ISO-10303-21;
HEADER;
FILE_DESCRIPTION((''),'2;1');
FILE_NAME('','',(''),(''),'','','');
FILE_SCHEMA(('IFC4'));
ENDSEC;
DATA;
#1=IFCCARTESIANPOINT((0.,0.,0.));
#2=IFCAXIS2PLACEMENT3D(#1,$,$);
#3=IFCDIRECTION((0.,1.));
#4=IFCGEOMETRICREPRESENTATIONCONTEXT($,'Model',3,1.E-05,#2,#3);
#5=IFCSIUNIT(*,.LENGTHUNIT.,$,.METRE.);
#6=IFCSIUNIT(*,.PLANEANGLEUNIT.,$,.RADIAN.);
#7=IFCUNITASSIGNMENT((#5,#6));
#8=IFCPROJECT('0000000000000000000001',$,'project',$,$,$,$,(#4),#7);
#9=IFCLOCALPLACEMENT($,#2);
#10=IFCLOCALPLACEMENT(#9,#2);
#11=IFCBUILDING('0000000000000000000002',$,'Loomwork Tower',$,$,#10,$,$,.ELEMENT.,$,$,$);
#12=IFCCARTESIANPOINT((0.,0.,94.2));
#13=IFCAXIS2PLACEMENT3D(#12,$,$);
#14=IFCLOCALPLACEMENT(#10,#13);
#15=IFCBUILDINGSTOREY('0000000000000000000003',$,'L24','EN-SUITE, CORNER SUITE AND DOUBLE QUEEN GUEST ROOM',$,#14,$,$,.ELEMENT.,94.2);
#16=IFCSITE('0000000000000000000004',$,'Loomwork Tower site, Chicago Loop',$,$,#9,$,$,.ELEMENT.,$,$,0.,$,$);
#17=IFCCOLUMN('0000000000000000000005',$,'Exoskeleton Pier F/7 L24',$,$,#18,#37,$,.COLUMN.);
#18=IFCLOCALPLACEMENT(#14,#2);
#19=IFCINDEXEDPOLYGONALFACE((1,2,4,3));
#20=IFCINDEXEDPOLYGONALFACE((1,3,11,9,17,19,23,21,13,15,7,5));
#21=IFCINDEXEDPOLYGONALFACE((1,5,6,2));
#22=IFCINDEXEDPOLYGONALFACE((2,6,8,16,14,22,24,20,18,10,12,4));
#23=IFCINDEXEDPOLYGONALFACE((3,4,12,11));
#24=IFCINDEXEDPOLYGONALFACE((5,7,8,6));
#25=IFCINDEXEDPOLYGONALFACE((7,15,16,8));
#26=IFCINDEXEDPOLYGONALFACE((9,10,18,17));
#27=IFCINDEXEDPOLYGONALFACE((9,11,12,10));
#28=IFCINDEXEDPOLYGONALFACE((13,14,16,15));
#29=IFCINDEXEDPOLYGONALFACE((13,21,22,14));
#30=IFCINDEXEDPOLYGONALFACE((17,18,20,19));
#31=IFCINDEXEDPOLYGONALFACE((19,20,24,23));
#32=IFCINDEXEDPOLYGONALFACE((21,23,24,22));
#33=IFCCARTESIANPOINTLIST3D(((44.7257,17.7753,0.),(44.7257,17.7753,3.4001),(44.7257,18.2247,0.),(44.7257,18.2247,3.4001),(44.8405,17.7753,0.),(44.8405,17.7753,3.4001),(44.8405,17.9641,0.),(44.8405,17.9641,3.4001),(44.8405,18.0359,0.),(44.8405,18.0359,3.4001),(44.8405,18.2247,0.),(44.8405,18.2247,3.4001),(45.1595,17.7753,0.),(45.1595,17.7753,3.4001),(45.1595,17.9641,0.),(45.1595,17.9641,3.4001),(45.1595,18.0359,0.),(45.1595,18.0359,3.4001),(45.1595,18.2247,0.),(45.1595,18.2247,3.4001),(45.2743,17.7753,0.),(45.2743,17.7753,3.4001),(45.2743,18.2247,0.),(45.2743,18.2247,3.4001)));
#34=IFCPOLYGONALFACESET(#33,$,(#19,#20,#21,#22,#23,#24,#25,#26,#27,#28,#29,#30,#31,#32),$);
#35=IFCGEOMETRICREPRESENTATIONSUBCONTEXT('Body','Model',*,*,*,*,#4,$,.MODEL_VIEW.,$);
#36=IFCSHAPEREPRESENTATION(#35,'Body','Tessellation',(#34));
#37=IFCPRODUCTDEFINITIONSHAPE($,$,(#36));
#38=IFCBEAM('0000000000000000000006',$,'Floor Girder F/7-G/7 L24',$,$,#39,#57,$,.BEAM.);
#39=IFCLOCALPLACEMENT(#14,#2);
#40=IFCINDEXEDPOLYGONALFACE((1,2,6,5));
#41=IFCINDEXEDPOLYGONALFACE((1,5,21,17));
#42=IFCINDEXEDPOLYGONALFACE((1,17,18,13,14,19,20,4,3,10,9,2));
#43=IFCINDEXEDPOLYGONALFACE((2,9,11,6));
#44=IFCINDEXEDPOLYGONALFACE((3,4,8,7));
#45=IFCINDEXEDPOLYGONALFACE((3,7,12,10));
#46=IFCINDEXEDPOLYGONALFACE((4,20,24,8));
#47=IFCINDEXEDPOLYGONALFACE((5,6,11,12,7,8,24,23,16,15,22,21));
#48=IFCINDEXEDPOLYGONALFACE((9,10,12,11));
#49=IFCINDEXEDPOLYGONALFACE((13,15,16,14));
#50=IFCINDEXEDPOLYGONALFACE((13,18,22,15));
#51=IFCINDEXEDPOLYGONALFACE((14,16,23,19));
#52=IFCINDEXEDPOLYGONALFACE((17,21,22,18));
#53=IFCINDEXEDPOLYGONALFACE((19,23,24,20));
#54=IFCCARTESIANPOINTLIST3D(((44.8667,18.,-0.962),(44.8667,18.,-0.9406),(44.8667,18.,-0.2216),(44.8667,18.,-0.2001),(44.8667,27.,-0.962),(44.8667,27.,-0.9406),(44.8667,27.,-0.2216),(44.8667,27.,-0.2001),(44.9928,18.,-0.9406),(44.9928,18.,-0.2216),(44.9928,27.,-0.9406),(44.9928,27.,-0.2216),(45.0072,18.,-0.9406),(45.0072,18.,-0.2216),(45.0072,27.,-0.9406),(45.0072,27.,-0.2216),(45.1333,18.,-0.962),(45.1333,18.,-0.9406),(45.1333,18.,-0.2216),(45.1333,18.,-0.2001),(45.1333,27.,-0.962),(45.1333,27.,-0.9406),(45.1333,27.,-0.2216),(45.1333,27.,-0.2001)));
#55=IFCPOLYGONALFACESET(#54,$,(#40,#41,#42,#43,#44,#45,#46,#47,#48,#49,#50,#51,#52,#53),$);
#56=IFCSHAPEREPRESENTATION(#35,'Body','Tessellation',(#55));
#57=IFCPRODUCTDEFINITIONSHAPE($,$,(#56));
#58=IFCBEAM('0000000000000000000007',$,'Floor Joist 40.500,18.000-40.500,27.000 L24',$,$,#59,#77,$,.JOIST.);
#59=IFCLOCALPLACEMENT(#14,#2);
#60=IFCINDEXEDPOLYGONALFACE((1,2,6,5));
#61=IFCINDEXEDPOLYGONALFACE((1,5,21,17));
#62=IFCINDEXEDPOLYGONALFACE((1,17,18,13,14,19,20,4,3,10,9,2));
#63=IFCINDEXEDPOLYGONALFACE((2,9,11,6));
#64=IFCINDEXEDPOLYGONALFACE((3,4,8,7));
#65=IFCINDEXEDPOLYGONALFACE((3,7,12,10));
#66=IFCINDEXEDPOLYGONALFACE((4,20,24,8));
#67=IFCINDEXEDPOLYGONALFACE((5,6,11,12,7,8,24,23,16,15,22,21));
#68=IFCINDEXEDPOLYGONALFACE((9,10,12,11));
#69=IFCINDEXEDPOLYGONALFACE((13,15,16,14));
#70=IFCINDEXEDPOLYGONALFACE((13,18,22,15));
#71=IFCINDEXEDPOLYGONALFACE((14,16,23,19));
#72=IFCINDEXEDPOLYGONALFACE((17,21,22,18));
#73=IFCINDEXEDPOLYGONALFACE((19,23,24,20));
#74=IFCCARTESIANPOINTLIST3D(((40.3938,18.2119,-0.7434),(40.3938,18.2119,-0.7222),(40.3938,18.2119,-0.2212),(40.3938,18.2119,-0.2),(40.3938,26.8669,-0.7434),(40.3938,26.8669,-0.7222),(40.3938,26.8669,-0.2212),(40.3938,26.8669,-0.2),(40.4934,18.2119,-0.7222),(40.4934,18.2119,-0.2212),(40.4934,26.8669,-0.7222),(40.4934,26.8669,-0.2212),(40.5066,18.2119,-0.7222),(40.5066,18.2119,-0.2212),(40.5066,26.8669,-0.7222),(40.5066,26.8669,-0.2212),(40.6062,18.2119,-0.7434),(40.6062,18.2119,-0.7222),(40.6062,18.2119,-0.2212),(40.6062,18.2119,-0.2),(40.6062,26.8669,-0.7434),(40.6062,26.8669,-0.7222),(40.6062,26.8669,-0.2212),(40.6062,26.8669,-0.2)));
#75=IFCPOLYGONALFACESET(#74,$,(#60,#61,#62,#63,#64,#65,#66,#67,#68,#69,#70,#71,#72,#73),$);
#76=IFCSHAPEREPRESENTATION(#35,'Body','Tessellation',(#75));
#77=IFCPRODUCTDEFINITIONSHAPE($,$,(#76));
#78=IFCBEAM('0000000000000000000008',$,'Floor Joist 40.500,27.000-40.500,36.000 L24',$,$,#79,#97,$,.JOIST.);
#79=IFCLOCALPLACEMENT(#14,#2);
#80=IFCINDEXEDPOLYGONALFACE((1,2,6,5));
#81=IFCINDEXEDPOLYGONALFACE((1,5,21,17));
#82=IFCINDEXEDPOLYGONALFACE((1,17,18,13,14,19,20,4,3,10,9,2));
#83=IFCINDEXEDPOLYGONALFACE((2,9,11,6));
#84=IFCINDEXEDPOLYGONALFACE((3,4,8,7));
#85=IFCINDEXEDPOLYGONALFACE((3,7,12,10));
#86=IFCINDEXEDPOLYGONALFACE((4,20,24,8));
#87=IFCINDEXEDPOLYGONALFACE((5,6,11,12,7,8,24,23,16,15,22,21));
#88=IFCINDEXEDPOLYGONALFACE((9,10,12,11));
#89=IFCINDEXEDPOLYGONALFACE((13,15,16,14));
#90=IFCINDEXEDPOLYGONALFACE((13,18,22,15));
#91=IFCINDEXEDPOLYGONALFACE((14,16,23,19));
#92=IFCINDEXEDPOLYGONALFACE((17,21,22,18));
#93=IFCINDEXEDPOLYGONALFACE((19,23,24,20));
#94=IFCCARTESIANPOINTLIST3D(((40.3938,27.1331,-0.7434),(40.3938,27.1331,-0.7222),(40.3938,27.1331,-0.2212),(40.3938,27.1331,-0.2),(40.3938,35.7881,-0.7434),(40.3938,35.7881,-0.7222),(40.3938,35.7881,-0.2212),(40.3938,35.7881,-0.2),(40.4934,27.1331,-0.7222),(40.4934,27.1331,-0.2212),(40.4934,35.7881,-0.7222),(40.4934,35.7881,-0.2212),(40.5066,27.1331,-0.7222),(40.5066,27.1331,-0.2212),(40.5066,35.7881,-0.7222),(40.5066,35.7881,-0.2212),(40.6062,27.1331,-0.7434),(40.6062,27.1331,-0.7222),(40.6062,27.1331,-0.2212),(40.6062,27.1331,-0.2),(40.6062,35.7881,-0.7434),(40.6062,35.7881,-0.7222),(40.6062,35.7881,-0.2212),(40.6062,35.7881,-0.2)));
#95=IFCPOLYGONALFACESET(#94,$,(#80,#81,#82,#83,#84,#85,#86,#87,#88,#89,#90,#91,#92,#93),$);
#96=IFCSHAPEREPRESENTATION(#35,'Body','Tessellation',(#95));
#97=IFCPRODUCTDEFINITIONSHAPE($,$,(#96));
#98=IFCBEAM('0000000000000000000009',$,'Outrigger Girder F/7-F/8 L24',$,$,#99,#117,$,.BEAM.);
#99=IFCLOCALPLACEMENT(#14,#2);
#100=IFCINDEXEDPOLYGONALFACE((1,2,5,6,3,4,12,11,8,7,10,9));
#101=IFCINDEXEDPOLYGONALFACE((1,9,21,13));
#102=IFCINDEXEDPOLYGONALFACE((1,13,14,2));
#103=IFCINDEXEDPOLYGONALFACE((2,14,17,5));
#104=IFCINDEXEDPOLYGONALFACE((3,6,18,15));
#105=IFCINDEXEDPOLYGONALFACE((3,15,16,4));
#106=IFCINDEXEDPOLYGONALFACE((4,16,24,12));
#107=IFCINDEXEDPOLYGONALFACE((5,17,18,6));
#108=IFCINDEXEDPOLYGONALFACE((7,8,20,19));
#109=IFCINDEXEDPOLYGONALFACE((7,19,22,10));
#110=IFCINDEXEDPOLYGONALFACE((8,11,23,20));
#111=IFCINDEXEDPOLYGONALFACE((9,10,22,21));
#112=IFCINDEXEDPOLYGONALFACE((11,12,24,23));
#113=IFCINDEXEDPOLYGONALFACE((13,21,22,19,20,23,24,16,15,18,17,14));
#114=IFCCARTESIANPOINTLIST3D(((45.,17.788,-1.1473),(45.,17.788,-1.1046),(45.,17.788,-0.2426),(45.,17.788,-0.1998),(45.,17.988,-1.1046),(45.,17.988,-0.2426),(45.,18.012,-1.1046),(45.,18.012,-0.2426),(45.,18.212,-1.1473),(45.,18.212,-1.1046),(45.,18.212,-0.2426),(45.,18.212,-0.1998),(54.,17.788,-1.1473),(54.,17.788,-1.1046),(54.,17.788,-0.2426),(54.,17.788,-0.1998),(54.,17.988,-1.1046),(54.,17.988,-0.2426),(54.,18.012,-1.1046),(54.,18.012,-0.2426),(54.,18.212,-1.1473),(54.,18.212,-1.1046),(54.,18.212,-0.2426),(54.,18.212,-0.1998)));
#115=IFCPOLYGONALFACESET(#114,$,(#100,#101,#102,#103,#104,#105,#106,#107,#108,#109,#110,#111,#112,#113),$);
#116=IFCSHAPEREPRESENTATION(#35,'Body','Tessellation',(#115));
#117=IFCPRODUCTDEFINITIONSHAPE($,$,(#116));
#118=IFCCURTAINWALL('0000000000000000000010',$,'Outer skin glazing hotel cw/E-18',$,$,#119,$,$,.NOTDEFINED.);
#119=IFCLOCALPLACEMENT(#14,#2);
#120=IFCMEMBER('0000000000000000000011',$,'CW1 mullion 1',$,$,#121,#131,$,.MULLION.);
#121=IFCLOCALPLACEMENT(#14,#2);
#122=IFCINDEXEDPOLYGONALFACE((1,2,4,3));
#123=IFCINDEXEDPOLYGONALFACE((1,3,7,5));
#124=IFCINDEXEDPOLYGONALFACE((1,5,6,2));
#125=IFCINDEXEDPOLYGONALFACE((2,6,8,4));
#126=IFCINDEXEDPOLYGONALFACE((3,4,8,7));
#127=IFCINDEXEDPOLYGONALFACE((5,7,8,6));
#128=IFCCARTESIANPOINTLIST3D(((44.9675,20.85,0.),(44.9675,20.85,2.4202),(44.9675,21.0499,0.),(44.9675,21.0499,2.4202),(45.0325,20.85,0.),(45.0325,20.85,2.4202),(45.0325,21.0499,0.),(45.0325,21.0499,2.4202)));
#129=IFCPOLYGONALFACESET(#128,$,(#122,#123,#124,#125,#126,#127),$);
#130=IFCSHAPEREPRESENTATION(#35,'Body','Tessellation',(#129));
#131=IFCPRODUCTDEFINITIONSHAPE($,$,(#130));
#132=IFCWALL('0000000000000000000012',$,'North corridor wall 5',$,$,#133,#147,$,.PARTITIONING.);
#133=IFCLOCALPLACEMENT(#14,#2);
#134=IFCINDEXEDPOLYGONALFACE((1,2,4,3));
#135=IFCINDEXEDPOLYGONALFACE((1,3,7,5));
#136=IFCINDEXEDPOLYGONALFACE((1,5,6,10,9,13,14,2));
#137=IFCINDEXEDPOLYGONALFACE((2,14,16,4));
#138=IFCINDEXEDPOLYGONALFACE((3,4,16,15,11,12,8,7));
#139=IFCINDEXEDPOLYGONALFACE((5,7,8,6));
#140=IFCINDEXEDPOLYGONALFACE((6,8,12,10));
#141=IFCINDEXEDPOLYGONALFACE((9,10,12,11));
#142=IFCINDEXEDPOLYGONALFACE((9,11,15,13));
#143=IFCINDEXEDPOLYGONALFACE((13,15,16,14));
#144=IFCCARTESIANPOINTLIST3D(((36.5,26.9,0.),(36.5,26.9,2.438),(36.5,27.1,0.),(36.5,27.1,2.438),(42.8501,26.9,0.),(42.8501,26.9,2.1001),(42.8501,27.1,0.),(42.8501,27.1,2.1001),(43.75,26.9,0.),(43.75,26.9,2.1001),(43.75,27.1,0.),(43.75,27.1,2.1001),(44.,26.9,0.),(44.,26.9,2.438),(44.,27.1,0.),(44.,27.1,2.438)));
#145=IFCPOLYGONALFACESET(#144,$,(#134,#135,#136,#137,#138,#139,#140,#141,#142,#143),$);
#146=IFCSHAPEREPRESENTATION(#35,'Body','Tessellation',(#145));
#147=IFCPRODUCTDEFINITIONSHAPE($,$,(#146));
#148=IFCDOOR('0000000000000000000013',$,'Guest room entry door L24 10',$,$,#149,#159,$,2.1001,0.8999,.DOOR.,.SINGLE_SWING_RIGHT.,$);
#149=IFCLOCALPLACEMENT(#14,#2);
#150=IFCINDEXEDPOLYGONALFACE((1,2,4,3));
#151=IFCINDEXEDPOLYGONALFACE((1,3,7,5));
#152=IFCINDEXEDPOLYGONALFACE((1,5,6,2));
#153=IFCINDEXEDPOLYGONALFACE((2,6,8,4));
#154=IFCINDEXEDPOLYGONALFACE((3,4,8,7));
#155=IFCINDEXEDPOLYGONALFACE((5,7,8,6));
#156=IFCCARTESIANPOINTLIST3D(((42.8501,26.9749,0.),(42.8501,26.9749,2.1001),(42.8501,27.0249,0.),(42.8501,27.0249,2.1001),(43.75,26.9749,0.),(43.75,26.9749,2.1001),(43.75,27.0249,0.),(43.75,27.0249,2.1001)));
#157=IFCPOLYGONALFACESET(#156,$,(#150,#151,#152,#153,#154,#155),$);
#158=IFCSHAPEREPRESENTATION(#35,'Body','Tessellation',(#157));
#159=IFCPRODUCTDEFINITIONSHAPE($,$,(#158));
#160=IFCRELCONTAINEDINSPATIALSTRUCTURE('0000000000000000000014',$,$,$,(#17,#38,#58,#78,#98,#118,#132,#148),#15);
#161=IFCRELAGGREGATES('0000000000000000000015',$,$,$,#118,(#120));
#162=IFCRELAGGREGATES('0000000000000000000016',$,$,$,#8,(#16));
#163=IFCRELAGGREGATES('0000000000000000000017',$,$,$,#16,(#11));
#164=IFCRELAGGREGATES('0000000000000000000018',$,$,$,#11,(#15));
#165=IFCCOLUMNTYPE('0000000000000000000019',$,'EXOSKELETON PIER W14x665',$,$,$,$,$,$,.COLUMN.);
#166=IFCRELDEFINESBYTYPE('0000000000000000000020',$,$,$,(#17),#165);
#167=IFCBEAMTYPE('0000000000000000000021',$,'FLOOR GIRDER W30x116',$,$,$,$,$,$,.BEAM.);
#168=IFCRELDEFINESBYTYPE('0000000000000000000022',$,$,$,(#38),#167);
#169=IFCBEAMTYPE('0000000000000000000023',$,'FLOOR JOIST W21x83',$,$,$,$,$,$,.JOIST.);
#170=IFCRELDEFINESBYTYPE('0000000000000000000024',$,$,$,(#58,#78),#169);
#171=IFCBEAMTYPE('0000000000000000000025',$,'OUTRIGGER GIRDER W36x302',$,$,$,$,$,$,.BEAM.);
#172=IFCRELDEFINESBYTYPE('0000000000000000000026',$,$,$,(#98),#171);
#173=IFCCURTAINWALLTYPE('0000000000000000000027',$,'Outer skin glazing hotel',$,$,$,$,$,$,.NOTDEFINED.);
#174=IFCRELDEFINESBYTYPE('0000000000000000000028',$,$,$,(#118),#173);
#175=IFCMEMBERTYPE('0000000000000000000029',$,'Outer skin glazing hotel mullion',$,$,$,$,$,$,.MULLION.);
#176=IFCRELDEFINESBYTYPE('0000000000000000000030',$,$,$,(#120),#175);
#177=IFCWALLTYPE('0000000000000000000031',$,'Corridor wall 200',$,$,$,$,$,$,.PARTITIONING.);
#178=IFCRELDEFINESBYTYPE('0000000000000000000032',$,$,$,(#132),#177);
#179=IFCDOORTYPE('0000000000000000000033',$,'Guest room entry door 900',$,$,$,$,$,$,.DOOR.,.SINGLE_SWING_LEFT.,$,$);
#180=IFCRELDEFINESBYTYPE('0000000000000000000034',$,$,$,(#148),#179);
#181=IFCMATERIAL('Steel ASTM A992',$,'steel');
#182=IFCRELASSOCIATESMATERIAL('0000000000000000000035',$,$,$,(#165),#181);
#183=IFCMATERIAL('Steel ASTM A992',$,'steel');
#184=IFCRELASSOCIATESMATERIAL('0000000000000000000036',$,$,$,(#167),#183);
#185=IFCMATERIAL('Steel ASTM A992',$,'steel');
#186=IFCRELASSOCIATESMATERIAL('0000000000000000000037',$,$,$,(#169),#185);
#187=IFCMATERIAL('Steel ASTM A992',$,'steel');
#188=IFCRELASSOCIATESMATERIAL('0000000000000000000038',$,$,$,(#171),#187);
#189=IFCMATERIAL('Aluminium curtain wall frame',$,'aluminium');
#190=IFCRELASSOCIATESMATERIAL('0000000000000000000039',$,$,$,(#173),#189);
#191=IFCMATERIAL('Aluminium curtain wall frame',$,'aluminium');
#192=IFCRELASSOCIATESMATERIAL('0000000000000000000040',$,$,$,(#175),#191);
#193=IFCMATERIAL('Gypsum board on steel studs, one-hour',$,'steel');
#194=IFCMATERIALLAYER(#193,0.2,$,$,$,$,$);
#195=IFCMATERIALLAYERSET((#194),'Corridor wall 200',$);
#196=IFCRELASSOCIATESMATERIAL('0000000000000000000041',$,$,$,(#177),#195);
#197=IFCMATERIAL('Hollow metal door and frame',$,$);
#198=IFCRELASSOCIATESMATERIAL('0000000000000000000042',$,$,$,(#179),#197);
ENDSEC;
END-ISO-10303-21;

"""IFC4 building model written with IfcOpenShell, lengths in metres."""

from ifc_helpers import new_model, si_unit, direction, frame, frame_2d, origin, origin_2d, place, context, subcontext, project, spatial, rectangle, i_section, extrude, material, layer, layer_set, material_profile, profile_set, type_object, element, fill, aggregate, save


model = new_model("IFC4")

# Units and contexts
model_context = context("Model", 3, precision=1e-05, world=origin(), true_north=direction((0.0, 1.0)))
body_context = subcontext(model_context, "Body", "Model", "MODEL_VIEW")
ifc_project = project(units=[si_unit("LENGTHUNIT", "METRE"), si_unit("PLANEANGLEUNIT", "RADIAN")], contexts=[model_context])

# Site, building, storey
site_placement = place(None, origin())
site = spatial("IfcSite", under=ifc_project, at=site_placement, Name="Loomwork Tower site, Chicago Loop", CompositionType="ELEMENT", RefElevation=0.0)
building_placement = place(site_placement, origin())
building = spatial("IfcBuilding", under=site, at=building_placement, Name="Loomwork Tower", CompositionType="ELEMENT")
storey_placement = place(building_placement, frame((0.0, 0.0, 94.2)))
storey = spatial("IfcBuildingStorey", under=building, at=storey_placement, Name="L24", Description="EN-SUITE, CORNER SUITE AND DOUBLE QUEEN GUEST ROOM", CompositionType="ELEMENT", Elevation=94.2)

# Column
ifc_material_1 = material(Name="Steel ASTM A992", Category="steel")
ifc_material_profile_1 = material_profile(ifc_material_1, i_section(OverallWidth=0.4495, OverallDepth=0.5486, WebThickness=0.0718, FlangeThickness=0.1147, at=origin_2d()), Name="W14x665")
ifc_profile_set_1 = profile_set([ifc_material_profile_1], Name="Steel ASTM A992")
column_type = type_object("IfcColumnType", Name="EXOSKELETON PIER W14x665", PredefinedType="COLUMN", material=ifc_profile_set_1)
column_placement = place(storey_placement, frame((45.0, 18.0, 0.0), z_axis=(0.0, 0.0, 1.0), x_axis=(0.0, 1.0, 0.0)))
element("IfcColumn", 1, at=column_placement, inside=storey, type_object=column_type, Name="Exoskeleton Pier F/7 L24", PredefinedType="COLUMN", context=body_context, shape_type="SweptSolid", body=[
    extrude(i_section(OverallWidth=0.4495, OverallDepth=0.5486, WebThickness=0.0718, FlangeThickness=0.1147, at=origin_2d()), origin(), (0.0, 0.0, 1.0), 3.4001),
])

# Beams
ifc_material_2 = material(Name="Steel ASTM A992", Category="steel")
ifc_material_profile_2 = material_profile(ifc_material_2, i_section(OverallWidth=0.2666, OverallDepth=0.762, WebThickness=0.0144, FlangeThickness=0.0215, at=origin_2d()), Name="W30x116")
ifc_profile_set_2 = profile_set([ifc_material_profile_2], Name="Steel ASTM A992")
beam_type_1 = type_object("IfcBeamType", Name="FLOOR GIRDER W30x116", PredefinedType="BEAM", material=ifc_profile_set_2)
beam_1_placement = place(storey_placement, frame((45.0, 18.0, -0.5811), z_axis=(0.0, 1.0, 0.0), x_axis=(-1.0, 0.0, 0.0)))
element("IfcBeam", 2, at=beam_1_placement, inside=storey, type_object=beam_type_1, Name="Floor Girder F/7-G/7 L24", PredefinedType="BEAM", context=body_context, shape_type="SweptSolid", body=[
    extrude(i_section(OverallWidth=0.2666, OverallDepth=0.762, WebThickness=0.0144, FlangeThickness=0.0215, at=origin_2d()), origin(), (0.0, 0.0, 1.0), 9.0),
])
ifc_material_3 = material(Name="Steel ASTM A992", Category="steel")
ifc_material_profile_3 = material_profile(ifc_material_3, i_section(OverallWidth=0.2124, OverallDepth=0.5435, WebThickness=0.0132, FlangeThickness=0.0212, at=origin_2d()), Name="W21x83")
ifc_profile_set_3 = profile_set([ifc_material_profile_3], Name="Steel ASTM A992")
beam_type_2 = type_object("IfcBeamType", Name="FLOOR JOIST W21x83", PredefinedType="JOIST", material=ifc_profile_set_3)
for number, where, z_axis, x_axis, name in (
    (3, (40.5, 18.2119, -0.4717), (0.0, 1.0, 0.0), (-1.0, 0.0, 0.0), "Floor Joist 40.500,18.000-40.500,27.000 L24"),
    (4, (40.5, 27.1331, -0.4717), (0.0, 1.0, 0.0), (-1.0, 0.0, 0.0), "Floor Joist 40.500,27.000-40.500,36.000 L24"),
):
    element("IfcBeam", number, at=place(storey_placement, frame(where, z_axis=z_axis, x_axis=x_axis)), inside=storey, type_object=beam_type_2, Name=name, PredefinedType="JOIST", context=body_context, shape_type="SweptSolid", body=[
        extrude(i_section(OverallWidth=0.2124, OverallDepth=0.5435, WebThickness=0.0132, FlangeThickness=0.0212, at=origin_2d()), origin(), (0.0, 0.0, 1.0), 8.655),
    ])
ifc_material_4 = material(Name="Steel ASTM A992", Category="steel")
ifc_material_profile_4 = material_profile(ifc_material_4, i_section(OverallWidth=0.4241, OverallDepth=0.9475, WebThickness=0.0239, FlangeThickness=0.0427, at=origin_2d()), Name="W36x302")
ifc_profile_set_4 = profile_set([ifc_material_profile_4], Name="Steel ASTM A992")
beam_type_3 = type_object("IfcBeamType", Name="OUTRIGGER GIRDER W36x302", PredefinedType="BEAM", material=ifc_profile_set_4)
beam_2_placement = place(storey_placement, frame((45.0, 18.0, -0.6736), z_axis=(1.0, 0.0, 0.0), x_axis=(0.0, 1.0, 0.0)))
element("IfcBeam", 5, at=beam_2_placement, inside=storey, type_object=beam_type_3, Name="Outrigger Girder F/7-F/8 L24", PredefinedType="BEAM", context=body_context, shape_type="SweptSolid", body=[
    extrude(i_section(OverallWidth=0.4241, OverallDepth=0.9475, WebThickness=0.0239, FlangeThickness=0.0427, at=origin_2d()), origin(), (0.0, 0.0, 1.0), 9.0),
])

# Curtain wall, member
ifc_material_5 = material(Name="Aluminium curtain wall frame", Category="aluminium")
curtain_wall_type = type_object("IfcCurtainWallType", Name="Outer skin glazing hotel", PredefinedType="NOTDEFINED", material=ifc_material_5)
curtain_wall_placement = place(storey_placement, origin())
curtain_wall = element("IfcCurtainWall", 6, at=curtain_wall_placement, inside=storey, type_object=curtain_wall_type, Name="Outer skin glazing hotel cw/E-18", PredefinedType="NOTDEFINED")
ifc_material_6 = material(Name="Aluminium curtain wall frame", Category="aluminium")
ifc_material_profile_5 = material_profile(ifc_material_6, rectangle(XDim=0.0649, YDim=0.2, at=origin_2d()), Name="AL 65x200")
ifc_profile_set_5 = profile_set([ifc_material_profile_5], Name="Aluminium curtain wall frame")
member_type = type_object("IfcMemberType", Name="Outer skin glazing hotel mullion", PredefinedType="MULLION", material=ifc_profile_set_5)
member_placement = place(storey_placement, frame((45.0, 20.95, 0.0), z_axis=(0.0, 0.0, 1.0), x_axis=(-1.0, 0.0, 0.0)))
member = element("IfcMember", 7, at=member_placement, type_object=member_type, Name="CW1 mullion 1", PredefinedType="MULLION", context=body_context, shape_type="SweptSolid", body=[
    extrude(rectangle(XDim=0.0649, YDim=0.2, at=origin_2d()), origin(), (0.0, 0.0, 1.0), 2.4202),
])
aggregate(curtain_wall, [member])

# Wall, opening, door
ifc_material_7 = material(Name="Gypsum board on steel studs, one-hour", Category="steel")
ifc_layer_1 = layer(ifc_material_7, 0.2)
ifc_layer_set_1 = layer_set([ifc_layer_1], Name="Corridor wall 200")
wall_type_1 = type_object("IfcWallType", Name="Corridor wall 200", PredefinedType="PARTITIONING", material=ifc_layer_set_1)
wall_1_placement = place(storey_placement, frame((36.5, 27.0, 0.0), z_axis=(0.0, 0.0, 1.0), x_axis=(1.0, 0.0, 0.0)))
wall_1 = element("IfcWall", 8, at=wall_1_placement, inside=storey, type_object=wall_type_1, Name="North corridor wall 5", PredefinedType="PARTITIONING", context=body_context, shape_type="SweptSolid", body=[
    extrude(rectangle(XDim=7.5, YDim=0.2, at=frame_2d((3.75, 0.0))), origin(), (0.0, 0.0, 1.0), 2.438),
])
opening_1_placement = place(wall_1_placement, frame((6.3501, 0.0, 0.0)))
opening_1 = element("IfcOpeningElement", 9, at=opening_1_placement, cuts=wall_1, PredefinedType="OPENING", context=body_context, shape_type="SweptSolid", body=[
    extrude(rectangle(XDim=0.8999, YDim=2.1001, at=frame_2d((0.45, 1.05))), frame((0.0, 0.1099, 0.0), z_axis=(0.0, -1.0, 0.0), x_axis=(1.0, 0.0, 0.0)), (0.0, 0.0, 1.0), 0.22),
])
ifc_material_8 = material(Name="Hollow metal door and frame")
door_type_1 = type_object("IfcDoorType", Name="Guest room entry door 900", OperationType="SINGLE_SWING_LEFT", PredefinedType="DOOR", material=ifc_material_8)
door_1_placement = place(opening_1_placement, origin())
door_1 = element("IfcDoor", 10, at=door_1_placement, inside=storey, type_object=door_type_1, Name="Guest room entry door L24 10", OperationType="SINGLE_SWING_RIGHT", OverallHeight=2.1001, OverallWidth=0.8999, PredefinedType="DOOR", context=body_context, shape_type="SweptSolid", body=[
    extrude(rectangle(XDim=0.8999, YDim=2.1001, at=frame_2d((0.45, 1.05))), frame((0.0, 0.0249, 0.0), z_axis=(0.0, -1.0, 0.0), x_axis=(1.0, 0.0, 0.0)), (0.0, 0.0, 1.0), 0.05),
])
fill(opening_1, door_1)

save(model, "model.ifc")
